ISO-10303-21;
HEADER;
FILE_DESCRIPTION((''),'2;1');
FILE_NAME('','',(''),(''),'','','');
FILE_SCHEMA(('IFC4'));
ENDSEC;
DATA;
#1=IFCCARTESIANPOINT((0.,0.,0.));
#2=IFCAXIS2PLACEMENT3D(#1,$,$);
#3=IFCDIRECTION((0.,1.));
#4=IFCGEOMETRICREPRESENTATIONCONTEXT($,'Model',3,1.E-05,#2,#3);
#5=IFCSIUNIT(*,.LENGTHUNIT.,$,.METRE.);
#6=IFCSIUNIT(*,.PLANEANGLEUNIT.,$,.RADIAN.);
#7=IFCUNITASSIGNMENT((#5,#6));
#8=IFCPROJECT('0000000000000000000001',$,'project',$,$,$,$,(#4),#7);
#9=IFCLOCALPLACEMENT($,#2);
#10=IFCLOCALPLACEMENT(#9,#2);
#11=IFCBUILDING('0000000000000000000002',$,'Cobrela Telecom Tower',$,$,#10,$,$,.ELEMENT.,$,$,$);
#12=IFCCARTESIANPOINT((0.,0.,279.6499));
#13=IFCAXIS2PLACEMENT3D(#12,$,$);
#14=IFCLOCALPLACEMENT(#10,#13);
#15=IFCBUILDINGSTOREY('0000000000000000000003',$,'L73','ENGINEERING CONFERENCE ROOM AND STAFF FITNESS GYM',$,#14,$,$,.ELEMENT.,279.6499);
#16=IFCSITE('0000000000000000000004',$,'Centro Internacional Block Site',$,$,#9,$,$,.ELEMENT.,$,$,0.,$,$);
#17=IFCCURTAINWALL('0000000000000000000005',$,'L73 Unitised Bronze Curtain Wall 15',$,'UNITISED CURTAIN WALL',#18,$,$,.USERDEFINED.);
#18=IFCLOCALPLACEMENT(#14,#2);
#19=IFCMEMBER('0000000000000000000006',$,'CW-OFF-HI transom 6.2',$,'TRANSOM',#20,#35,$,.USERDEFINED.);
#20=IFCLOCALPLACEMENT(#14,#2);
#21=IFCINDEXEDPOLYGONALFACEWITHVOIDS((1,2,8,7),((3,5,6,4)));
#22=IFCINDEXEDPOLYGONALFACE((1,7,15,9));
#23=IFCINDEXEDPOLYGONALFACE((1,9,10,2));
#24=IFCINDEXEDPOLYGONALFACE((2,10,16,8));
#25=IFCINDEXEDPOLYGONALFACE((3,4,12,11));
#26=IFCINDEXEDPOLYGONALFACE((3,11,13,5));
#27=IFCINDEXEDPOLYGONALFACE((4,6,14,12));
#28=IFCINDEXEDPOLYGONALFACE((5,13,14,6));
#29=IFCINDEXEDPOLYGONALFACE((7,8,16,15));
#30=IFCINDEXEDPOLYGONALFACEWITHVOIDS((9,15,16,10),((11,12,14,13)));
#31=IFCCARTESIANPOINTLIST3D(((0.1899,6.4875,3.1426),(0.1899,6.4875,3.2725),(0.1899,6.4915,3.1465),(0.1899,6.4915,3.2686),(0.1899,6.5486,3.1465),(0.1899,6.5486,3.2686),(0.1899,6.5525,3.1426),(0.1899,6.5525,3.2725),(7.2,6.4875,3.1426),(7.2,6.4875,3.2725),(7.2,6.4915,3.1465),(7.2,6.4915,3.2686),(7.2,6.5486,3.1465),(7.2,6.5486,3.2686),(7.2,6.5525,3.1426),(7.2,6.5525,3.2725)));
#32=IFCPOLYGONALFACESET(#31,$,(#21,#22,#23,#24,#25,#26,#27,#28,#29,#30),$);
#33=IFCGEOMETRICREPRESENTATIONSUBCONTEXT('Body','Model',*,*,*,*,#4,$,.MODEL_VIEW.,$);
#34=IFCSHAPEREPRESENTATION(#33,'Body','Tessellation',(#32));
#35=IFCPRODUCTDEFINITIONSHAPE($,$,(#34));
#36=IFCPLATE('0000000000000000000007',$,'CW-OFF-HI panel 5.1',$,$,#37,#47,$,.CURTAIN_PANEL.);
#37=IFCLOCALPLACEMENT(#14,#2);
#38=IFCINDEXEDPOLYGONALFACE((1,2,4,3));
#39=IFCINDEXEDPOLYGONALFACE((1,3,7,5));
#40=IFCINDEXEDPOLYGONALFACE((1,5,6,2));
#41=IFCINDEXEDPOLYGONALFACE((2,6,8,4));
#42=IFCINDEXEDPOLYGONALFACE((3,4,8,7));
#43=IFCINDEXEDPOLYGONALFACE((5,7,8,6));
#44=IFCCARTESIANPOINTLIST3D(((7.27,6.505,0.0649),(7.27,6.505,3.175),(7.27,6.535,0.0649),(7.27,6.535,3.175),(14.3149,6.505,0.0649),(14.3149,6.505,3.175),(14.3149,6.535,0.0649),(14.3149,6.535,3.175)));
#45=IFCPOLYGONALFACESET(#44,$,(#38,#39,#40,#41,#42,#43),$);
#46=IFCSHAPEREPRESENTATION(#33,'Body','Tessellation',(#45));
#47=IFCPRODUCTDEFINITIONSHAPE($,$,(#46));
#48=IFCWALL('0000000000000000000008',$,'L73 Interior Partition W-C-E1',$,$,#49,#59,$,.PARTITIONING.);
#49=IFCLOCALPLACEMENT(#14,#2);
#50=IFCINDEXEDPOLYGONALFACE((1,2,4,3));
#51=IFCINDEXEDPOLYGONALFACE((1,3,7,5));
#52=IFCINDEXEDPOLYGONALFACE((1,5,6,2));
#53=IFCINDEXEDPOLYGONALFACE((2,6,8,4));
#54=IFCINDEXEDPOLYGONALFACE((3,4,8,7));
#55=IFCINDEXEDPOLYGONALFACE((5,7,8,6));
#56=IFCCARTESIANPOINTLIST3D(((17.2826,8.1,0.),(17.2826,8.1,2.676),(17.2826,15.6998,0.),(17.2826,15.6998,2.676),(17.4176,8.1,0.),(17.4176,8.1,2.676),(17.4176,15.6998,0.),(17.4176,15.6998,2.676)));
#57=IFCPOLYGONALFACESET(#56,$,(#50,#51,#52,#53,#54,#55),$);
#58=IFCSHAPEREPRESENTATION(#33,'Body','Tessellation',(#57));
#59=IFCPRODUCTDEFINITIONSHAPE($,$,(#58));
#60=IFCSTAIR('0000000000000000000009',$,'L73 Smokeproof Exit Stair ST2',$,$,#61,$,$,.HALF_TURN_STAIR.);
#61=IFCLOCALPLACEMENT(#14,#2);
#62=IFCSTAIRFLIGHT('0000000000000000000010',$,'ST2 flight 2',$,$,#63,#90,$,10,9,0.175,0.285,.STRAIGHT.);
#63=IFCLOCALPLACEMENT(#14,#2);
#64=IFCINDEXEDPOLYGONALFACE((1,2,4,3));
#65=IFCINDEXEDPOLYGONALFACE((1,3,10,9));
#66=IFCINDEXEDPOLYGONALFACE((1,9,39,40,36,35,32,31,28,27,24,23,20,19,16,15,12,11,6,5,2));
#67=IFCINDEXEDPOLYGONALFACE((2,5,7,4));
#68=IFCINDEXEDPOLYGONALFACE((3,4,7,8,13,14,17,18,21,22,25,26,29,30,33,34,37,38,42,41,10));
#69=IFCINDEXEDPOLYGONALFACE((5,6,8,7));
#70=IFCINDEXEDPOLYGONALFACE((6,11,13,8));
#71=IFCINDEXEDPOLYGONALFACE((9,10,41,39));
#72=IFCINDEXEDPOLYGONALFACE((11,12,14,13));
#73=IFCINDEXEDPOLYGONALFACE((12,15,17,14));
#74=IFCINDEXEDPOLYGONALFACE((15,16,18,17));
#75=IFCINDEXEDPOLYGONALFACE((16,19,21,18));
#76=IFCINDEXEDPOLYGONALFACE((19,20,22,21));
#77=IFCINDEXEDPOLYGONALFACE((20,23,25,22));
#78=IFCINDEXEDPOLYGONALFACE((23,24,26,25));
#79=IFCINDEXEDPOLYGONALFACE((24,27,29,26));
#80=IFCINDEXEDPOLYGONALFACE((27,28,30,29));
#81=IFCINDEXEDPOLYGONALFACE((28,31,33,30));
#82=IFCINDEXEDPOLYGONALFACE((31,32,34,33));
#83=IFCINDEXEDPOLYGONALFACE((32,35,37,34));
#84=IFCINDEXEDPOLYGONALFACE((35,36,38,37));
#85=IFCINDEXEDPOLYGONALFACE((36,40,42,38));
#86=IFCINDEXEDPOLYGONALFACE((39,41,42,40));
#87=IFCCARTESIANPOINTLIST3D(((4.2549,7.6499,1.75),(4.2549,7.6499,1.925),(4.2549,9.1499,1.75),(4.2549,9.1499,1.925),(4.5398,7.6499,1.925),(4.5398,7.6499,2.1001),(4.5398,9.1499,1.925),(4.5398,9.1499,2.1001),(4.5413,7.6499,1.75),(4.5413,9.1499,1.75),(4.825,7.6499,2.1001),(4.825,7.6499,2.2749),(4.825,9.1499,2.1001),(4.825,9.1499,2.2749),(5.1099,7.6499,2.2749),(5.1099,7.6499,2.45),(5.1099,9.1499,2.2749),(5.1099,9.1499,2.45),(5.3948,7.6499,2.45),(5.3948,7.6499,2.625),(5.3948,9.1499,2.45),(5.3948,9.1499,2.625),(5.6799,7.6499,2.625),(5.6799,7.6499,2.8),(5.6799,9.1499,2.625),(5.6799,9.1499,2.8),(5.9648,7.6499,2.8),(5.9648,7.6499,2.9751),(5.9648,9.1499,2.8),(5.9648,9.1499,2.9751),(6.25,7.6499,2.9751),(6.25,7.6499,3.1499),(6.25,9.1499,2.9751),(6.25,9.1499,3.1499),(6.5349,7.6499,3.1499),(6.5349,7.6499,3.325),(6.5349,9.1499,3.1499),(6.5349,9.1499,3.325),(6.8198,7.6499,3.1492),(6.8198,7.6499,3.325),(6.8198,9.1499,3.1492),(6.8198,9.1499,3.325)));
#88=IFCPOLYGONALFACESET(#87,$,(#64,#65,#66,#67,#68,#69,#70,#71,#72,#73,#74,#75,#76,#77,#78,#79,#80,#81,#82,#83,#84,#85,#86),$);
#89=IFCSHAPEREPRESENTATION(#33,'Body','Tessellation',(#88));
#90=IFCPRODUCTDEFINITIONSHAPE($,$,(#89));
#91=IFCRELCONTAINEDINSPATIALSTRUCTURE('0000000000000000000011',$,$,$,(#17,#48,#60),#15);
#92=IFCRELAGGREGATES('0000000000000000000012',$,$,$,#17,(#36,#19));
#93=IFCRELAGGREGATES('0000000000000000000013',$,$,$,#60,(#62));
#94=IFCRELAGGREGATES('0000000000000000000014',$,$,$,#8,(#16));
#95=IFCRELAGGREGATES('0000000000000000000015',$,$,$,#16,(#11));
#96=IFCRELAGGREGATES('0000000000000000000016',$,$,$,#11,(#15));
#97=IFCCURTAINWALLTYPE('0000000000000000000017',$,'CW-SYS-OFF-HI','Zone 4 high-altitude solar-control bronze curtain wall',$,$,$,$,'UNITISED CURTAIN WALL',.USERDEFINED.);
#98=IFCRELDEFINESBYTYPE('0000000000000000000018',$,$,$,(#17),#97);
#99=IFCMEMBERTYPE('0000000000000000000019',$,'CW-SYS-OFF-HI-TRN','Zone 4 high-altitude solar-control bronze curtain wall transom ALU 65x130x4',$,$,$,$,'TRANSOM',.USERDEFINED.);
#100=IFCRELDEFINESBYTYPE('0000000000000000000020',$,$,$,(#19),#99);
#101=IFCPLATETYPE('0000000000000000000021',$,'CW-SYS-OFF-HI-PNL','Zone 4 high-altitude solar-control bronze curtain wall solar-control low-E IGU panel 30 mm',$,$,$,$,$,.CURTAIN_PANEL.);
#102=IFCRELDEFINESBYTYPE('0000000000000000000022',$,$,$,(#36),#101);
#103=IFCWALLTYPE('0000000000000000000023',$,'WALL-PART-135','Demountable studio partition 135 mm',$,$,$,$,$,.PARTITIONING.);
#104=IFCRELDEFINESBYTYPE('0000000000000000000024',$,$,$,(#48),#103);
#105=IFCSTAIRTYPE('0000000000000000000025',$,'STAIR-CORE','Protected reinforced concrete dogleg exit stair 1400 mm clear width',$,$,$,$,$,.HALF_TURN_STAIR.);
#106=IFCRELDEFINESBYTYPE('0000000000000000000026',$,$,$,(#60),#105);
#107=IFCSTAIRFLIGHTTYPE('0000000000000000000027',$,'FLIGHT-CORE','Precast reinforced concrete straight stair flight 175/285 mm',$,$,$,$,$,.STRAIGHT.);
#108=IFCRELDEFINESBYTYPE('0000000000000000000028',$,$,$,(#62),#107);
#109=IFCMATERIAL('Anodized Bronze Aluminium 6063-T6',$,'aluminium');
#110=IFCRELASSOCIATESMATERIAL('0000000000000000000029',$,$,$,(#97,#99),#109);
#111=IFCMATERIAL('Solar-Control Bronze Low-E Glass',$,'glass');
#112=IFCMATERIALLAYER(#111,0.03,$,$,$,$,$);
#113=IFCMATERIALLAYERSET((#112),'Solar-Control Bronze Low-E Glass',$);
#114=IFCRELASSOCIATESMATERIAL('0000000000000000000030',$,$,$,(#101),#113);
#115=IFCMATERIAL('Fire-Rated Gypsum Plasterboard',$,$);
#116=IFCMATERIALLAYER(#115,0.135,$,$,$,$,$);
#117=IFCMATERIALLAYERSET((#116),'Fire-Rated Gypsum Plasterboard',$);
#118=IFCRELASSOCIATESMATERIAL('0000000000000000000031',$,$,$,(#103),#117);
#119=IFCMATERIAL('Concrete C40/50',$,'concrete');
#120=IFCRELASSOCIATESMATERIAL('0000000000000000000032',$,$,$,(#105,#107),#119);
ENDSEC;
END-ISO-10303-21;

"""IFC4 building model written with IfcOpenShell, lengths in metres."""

from ifc_helpers import new_model, si_unit, direction, frame, frame_2d, origin, origin_2d, place, context, subcontext, project, spatial, polyline, rectangle, hollow_rectangle, outline, extrude, material, layer, layer_set, material_profile, profile_set, type_object, element, aggregate, save


model = new_model("IFC4")

# Units and contexts
model_context = context("Model", 3, precision=1e-05, world=origin(), true_north=direction((0.0, 1.0)))
body_context = subcontext(model_context, "Body", "Model", "MODEL_VIEW")
ifc_project = project(units=[si_unit("LENGTHUNIT", "METRE"), si_unit("PLANEANGLEUNIT", "RADIAN")], contexts=[model_context])

# Site, building, storey
site_placement = place(None, origin())
site = spatial("IfcSite", under=ifc_project, at=site_placement, Name="Centro Internacional Block Site", CompositionType="ELEMENT", RefElevation=0.0)
building_placement = place(site_placement, origin())
building = spatial("IfcBuilding", under=site, at=building_placement, Name="Cobrela Telecom Tower", CompositionType="ELEMENT")
storey_placement = place(building_placement, frame((0.0, 0.0, 279.6499)))
storey = spatial("IfcBuildingStorey", under=building, at=storey_placement, Name="L73", Description="ENGINEERING CONFERENCE ROOM AND STAFF FITNESS GYM", CompositionType="ELEMENT", Elevation=279.6499)

# Curtain wall, member, plate
ifc_material_1 = material(Name="Anodized Bronze Aluminium 6063-T6", Category="aluminium")
curtain_wall_type = type_object("IfcCurtainWallType", Name="CW-SYS-OFF-HI", Description="Zone 4 high-altitude solar-control bronze curtain wall", ElementType="UNITISED CURTAIN WALL", PredefinedType="USERDEFINED", material=ifc_material_1)
curtain_wall_placement = place(storey_placement, origin())
curtain_wall = element("IfcCurtainWall", 1, at=curtain_wall_placement, inside=storey, type_object=curtain_wall_type, Name="L73 Unitised Bronze Curtain Wall 15", ObjectType="UNITISED CURTAIN WALL", PredefinedType="USERDEFINED")
ifc_material_profile_1 = material_profile(ifc_material_1, hollow_rectangle(XDim=0.0649, YDim=0.1299, WallThickness=0.0039, at=origin_2d()), Name="ALU 65x130x4")
ifc_profile_set_1 = profile_set([ifc_material_profile_1], Name="Anodized Bronze Aluminium 6063-T6")
member_type_1 = type_object("IfcMemberType", Name="CW-SYS-OFF-HI-TRN", Description="Zone 4 high-altitude solar-control bronze curtain wall transom ALU 65x130x4", ElementType="TRANSOM", PredefinedType="USERDEFINED", material=ifc_profile_set_1)
member_1_placement = place(storey_placement, frame((7.2, 6.52, 3.2075), z_axis=(-1.0, 0.0, 0.0), x_axis=(0.0, -1.0, 0.0)))
member_1 = element("IfcMember", 2, at=member_1_placement, type_object=member_type_1, Name="CW-OFF-HI transom 6.2", ObjectType="TRANSOM", PredefinedType="USERDEFINED", context=body_context, shape_type="SweptSolid", body=[
    extrude(hollow_rectangle(XDim=0.0649, YDim=0.1299, WallThickness=0.0039, at=origin_2d()), origin(), (0.0, 0.0, 1.0), 7.01),
])
ifc_material_2 = material(Name="Solar-Control Bronze Low-E Glass", Category="glass")
ifc_layer_1 = layer(ifc_material_2, 0.03)
ifc_layer_set_1 = layer_set([ifc_layer_1], Name="Solar-Control Bronze Low-E Glass")
plate_type = type_object("IfcPlateType", Name="CW-SYS-OFF-HI-PNL", Description="Zone 4 high-altitude solar-control bronze curtain wall solar-control low-E IGU panel 30 mm", PredefinedType="CURTAIN_PANEL", material=ifc_layer_set_1)
plate_placement = place(storey_placement, frame((10.7925, 6.52, 0.0649), z_axis=(0.0, 0.0, 1.0), x_axis=(-1.0, 0.0, 0.0)))
plate = element("IfcPlate", 3, at=plate_placement, type_object=plate_type, Name="CW-OFF-HI panel 5.1", PredefinedType="CURTAIN_PANEL", context=body_context, shape_type="SweptSolid", body=[
    extrude(rectangle(XDim=7.0449, YDim=0.03, at=origin_2d()), origin(), (0.0, 0.0, 1.0), 3.1101),
])
aggregate(curtain_wall, [plate, member_1])

# Wall
ifc_material_3 = material(Name="Fire-Rated Gypsum Plasterboard")
ifc_layer_2 = layer(ifc_material_3, 0.135)
ifc_layer_set_2 = layer_set([ifc_layer_2], Name="Fire-Rated Gypsum Plasterboard")
wall_type_1 = type_object("IfcWallType", Name="WALL-PART-135", Description="Demountable studio partition 135 mm", PredefinedType="PARTITIONING", material=ifc_layer_set_2)
wall_1_placement = place(storey_placement, frame((17.3501, 8.1001, 0.0), z_axis=(0.0, 0.0, 1.0), x_axis=(0.0, 1.0, 0.0)))
element("IfcWall", 4, at=wall_1_placement, inside=storey, type_object=wall_type_1, Name="L73 Interior Partition W-C-E1", PredefinedType="PARTITIONING", context=body_context, shape_type="SweptSolid", body=[
    extrude(rectangle(XDim=7.5999, YDim=0.135, at=frame_2d((3.7998, 0.0))), origin(), (0.0, 0.0, 1.0), 2.676),
])

# Shared definitions
ifc_material_4 = material(Name="Concrete C40/50", Category="concrete")

# Stair, stair flight
stair_type = type_object("IfcStairType", Name="STAIR-CORE", Description="Protected reinforced concrete dogleg exit stair 1400 mm clear width", PredefinedType="HALF_TURN_STAIR", material=ifc_material_4)
stair_placement = place(storey_placement, origin())
stair = element("IfcStair", 5, at=stair_placement, inside=storey, type_object=stair_type, Name="L73 Smokeproof Exit Stair ST2", PredefinedType="HALF_TURN_STAIR")
stair_flight_type = type_object("IfcStairFlightType", Name="FLIGHT-CORE", Description="Precast reinforced concrete straight stair flight 175/285 mm", PredefinedType="STRAIGHT", material=ifc_material_4)
stair_flight_placement = place(storey_placement, frame((4.2549, 8.3999, 1.75), z_axis=(0.0, 0.0, 1.0), x_axis=(1.0, 0.0, 0.0)))
stair_flight = element("IfcStairFlight", 6, at=stair_flight_placement, type_object=stair_flight_type, Name="ST2 flight 2", NumberOfRisers=10, NumberOfTreads=9, PredefinedType="STRAIGHT", RiserHeight=0.175, TreadLength=0.285, context=body_context, shape_type="SweptSolid", body=[
    extrude(outline(polyline([(0.0, 0.0), (0.0, 0.175), (0.2849, 0.175), (0.2849, 0.3501), (0.5701, 0.3501), (0.5701, 0.5249), (0.855, 0.5249), (0.855, 0.7), (1.1399, 0.7), (1.1399, 0.875), (1.425, 0.875), (1.425, 1.05), (1.71, 1.05), (1.71, 1.2251), (1.9951, 1.2251), (1.9951, 1.3999), (2.28, 1.3999), (2.28, 1.575), (2.5649, 1.575), (2.5649, 1.75), (2.5649, 1.3992), (0.2864, 0.0), (0.0, 0.0)])), frame((0.0, 0.75, 0.0), z_axis=(0.0, -1.0, 0.0), x_axis=(1.0, 0.0, 0.0)), (0.0, 0.0, 1.0), 1.5),
])
aggregate(stair, [stair_flight])

save(model, "model.ifc")
